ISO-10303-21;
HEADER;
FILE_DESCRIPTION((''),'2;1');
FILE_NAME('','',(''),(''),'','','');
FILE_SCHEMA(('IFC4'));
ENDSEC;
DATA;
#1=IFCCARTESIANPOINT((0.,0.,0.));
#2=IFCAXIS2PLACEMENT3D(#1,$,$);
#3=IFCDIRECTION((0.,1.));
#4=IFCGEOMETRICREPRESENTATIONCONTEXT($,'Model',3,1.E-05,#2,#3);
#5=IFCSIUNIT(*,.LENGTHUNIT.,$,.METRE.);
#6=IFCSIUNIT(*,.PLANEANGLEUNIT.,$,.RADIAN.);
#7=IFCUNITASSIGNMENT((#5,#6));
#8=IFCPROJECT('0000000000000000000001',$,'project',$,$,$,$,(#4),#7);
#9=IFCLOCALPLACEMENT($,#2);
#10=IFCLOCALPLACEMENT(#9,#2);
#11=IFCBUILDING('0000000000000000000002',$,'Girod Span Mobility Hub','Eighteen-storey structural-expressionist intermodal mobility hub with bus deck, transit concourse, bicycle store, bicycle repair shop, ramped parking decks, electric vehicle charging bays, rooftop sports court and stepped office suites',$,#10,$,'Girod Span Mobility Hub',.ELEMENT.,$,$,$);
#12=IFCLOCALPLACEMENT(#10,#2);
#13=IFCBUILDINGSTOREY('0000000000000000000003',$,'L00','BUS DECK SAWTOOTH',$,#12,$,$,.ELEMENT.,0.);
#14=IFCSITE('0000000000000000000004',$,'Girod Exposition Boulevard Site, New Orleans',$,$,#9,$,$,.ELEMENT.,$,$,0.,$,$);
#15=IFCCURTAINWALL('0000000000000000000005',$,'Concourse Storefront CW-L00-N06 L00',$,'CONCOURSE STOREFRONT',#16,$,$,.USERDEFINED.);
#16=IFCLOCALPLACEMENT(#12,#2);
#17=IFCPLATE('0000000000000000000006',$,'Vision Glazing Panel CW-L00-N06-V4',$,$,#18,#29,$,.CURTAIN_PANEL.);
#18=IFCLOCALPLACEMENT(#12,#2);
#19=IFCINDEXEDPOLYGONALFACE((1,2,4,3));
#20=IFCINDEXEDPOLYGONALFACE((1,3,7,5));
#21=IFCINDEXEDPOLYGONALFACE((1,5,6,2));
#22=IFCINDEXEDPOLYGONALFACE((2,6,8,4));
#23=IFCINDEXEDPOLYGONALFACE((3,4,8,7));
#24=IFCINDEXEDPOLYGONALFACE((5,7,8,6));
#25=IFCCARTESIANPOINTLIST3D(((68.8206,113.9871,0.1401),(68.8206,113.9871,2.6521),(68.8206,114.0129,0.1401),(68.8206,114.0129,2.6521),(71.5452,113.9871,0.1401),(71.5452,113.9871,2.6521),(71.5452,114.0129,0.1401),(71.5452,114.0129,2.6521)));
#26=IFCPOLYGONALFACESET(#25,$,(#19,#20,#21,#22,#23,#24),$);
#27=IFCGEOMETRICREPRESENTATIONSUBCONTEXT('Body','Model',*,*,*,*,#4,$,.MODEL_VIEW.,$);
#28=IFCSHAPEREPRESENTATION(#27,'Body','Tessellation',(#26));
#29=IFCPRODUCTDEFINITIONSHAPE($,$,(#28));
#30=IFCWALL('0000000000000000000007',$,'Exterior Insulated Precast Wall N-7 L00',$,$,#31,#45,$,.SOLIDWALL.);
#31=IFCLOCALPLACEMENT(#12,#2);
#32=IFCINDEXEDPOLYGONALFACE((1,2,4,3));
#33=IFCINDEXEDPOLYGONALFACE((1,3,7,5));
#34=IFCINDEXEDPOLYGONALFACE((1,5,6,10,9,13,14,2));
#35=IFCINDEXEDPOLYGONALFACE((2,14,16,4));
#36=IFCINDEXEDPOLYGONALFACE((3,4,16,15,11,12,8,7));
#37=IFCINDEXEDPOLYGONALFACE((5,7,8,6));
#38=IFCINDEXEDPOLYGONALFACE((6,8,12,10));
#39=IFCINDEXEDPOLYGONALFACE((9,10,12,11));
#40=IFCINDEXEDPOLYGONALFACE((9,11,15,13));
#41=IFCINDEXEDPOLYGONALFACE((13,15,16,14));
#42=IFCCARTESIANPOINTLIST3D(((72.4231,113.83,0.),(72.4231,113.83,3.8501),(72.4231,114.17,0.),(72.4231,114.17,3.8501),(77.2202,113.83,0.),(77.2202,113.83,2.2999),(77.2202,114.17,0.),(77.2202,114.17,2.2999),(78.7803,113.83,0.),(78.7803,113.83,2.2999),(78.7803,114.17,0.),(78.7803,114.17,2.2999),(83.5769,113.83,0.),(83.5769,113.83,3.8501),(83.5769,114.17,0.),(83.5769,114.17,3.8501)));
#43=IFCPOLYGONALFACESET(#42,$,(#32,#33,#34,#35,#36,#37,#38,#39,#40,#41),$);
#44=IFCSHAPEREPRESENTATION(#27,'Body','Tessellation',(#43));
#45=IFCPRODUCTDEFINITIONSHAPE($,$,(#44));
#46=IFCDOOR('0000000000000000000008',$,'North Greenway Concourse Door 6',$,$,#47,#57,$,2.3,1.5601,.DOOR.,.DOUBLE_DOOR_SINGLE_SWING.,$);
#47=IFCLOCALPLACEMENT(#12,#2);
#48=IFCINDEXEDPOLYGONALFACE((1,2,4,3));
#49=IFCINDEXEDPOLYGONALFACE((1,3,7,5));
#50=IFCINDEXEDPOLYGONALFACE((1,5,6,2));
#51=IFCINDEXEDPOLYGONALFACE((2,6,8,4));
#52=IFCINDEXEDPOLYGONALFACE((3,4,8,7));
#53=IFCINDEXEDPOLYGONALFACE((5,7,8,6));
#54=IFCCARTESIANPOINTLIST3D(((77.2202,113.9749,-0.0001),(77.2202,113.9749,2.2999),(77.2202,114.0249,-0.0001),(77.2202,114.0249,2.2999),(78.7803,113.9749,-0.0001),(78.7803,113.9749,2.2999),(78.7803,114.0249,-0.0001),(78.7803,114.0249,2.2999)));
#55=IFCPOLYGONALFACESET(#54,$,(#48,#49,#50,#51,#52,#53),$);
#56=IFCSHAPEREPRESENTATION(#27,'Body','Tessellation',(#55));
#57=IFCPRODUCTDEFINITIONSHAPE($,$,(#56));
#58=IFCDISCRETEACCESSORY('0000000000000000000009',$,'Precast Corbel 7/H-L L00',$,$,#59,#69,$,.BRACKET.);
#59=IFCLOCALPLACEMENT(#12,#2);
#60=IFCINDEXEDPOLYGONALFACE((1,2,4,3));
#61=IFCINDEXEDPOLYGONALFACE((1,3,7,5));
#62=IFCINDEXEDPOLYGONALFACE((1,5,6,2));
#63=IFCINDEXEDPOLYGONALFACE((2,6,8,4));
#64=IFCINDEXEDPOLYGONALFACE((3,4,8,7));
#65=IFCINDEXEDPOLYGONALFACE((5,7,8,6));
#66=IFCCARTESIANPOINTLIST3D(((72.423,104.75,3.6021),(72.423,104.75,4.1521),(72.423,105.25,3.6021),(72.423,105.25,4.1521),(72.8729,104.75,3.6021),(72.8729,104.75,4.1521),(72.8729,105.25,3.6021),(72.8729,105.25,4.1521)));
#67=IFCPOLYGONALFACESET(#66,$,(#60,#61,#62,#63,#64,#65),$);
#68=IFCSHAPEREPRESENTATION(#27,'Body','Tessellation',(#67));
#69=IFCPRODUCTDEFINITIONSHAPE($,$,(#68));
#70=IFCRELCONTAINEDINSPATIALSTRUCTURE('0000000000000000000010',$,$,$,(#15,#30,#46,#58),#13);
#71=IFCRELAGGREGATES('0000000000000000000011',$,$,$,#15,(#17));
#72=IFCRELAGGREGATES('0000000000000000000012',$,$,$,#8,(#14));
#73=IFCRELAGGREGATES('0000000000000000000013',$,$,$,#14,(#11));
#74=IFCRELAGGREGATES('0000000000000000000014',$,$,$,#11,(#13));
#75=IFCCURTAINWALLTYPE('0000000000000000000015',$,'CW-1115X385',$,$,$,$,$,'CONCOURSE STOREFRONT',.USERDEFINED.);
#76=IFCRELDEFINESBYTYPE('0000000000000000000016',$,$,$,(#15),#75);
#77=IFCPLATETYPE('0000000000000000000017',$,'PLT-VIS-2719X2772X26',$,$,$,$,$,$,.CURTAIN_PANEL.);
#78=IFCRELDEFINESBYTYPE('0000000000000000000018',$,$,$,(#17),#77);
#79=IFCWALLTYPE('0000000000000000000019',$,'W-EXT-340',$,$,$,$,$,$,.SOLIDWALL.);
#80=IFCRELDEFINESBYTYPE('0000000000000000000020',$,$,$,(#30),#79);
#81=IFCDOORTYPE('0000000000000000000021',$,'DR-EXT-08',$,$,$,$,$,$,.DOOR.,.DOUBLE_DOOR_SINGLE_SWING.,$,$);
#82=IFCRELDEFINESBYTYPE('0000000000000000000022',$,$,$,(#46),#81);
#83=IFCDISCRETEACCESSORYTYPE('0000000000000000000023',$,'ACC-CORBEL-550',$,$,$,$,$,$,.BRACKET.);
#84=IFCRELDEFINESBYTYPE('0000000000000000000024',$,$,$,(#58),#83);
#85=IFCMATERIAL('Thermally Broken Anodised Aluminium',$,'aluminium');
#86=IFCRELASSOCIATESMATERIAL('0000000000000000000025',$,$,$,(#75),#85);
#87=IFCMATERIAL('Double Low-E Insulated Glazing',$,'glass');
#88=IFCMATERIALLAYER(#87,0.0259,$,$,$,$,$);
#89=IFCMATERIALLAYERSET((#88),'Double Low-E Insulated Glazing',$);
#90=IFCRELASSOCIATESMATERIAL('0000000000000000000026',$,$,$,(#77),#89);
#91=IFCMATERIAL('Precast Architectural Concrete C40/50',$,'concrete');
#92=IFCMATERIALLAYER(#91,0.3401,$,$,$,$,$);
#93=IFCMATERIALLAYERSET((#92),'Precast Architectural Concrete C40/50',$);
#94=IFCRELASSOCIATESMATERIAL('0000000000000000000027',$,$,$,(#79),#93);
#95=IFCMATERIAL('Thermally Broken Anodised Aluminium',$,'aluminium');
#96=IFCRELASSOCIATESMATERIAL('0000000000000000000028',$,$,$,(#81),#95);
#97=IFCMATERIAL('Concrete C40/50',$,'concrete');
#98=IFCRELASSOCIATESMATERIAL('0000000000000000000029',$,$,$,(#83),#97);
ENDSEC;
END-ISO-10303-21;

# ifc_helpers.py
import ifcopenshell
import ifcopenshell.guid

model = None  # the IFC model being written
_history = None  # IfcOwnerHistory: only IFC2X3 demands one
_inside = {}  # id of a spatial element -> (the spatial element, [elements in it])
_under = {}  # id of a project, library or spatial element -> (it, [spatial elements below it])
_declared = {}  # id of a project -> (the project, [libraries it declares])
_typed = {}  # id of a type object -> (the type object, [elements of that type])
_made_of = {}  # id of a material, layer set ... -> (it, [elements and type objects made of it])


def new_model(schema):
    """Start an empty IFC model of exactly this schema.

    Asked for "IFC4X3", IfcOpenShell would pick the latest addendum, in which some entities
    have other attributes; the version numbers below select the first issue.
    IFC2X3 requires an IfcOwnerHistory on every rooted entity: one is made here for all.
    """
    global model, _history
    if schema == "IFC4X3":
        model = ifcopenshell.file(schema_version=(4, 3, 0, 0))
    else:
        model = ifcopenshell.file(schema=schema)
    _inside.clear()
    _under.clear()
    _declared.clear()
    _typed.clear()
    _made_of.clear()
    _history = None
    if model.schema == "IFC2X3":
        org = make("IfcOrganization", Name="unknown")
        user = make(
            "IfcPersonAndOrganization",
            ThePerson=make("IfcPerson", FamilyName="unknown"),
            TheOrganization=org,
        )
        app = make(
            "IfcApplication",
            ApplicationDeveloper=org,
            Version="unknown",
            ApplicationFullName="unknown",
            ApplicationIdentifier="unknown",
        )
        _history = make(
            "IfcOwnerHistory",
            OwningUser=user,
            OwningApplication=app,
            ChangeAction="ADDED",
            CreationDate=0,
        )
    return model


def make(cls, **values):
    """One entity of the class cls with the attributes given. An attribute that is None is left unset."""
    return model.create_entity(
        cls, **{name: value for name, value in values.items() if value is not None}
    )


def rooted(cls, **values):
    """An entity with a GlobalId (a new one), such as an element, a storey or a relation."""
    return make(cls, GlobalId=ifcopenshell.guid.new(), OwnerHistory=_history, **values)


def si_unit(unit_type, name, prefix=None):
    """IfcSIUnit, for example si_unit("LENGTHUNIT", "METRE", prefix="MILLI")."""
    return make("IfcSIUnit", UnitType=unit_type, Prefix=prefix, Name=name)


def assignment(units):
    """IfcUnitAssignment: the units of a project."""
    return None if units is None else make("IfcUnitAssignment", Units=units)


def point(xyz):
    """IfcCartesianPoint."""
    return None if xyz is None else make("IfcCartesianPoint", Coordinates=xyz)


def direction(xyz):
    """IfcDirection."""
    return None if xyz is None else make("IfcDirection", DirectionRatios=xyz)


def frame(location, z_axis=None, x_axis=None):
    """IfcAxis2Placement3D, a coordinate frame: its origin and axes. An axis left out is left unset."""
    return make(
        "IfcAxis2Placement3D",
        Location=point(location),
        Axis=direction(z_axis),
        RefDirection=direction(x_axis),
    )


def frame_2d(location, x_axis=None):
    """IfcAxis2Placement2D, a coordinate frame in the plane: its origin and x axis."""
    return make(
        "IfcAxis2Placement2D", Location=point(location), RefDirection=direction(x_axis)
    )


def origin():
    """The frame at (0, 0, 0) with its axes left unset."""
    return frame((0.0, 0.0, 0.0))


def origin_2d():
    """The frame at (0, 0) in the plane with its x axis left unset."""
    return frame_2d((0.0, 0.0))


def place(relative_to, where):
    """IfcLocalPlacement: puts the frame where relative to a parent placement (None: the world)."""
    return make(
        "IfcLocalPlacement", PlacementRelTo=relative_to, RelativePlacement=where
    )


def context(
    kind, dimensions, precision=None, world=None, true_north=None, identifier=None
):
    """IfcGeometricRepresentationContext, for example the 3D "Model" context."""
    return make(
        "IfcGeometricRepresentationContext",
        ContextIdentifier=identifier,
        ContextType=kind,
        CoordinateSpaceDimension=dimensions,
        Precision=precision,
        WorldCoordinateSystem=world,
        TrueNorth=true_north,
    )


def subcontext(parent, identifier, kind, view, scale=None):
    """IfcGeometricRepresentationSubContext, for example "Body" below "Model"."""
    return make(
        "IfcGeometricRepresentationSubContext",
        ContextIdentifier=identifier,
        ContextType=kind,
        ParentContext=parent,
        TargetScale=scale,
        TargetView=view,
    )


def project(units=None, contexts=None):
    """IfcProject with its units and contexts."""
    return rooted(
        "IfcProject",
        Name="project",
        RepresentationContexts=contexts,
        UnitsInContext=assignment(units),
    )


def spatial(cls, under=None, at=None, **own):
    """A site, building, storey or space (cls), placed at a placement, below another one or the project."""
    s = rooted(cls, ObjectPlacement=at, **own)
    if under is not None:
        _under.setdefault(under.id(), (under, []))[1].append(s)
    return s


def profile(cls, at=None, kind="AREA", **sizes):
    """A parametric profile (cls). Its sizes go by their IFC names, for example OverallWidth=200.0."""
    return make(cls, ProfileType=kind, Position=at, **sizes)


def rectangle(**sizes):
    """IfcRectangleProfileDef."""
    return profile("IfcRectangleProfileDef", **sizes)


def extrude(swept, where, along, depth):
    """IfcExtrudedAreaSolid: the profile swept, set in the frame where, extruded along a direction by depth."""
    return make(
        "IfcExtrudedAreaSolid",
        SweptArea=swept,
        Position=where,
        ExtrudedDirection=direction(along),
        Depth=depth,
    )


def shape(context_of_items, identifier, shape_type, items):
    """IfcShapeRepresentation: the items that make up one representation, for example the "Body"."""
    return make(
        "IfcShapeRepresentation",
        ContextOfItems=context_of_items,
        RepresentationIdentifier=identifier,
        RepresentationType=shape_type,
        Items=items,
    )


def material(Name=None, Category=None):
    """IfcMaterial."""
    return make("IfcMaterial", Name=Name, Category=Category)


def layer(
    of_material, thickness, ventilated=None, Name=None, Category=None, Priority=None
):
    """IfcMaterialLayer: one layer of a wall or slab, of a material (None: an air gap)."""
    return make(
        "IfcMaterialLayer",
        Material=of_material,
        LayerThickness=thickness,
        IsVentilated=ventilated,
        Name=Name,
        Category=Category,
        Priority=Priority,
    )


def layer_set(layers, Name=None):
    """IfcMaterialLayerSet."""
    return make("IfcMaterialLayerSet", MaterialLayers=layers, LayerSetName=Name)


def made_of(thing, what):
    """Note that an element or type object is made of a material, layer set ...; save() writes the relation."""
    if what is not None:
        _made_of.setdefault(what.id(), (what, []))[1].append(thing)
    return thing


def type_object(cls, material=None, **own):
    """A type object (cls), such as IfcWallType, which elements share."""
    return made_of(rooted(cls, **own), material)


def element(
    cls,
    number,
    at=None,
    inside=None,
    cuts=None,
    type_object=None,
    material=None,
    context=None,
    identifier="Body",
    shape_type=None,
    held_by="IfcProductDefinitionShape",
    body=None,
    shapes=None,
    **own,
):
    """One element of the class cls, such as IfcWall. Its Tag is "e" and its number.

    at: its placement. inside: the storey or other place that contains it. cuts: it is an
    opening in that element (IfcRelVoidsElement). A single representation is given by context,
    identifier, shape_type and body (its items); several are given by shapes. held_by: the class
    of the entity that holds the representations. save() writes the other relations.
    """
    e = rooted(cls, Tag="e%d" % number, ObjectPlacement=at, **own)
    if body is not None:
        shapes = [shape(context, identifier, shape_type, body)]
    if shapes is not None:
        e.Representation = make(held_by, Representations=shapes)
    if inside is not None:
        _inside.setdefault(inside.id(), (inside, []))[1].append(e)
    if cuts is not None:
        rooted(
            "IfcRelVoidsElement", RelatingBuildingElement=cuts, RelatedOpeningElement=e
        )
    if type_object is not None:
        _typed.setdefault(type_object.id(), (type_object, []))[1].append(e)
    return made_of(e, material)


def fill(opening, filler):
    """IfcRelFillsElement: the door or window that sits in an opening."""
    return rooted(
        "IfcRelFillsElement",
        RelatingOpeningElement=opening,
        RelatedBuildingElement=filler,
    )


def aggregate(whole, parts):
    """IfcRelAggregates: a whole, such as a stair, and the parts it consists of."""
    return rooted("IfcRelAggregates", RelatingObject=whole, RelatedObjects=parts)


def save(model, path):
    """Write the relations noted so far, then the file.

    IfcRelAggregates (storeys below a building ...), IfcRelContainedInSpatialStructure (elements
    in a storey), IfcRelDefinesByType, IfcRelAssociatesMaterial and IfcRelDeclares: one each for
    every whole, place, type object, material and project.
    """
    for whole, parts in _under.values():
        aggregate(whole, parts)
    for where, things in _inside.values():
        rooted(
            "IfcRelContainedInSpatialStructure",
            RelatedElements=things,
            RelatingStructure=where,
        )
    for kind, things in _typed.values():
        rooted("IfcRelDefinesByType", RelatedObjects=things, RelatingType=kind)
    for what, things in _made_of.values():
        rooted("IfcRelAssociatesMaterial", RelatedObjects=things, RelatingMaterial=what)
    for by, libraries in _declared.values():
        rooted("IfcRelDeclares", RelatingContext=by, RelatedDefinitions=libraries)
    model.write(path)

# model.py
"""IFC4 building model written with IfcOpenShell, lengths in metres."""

from ifc_helpers import new_model, si_unit, direction, frame, frame_2d, origin, origin_2d, place, context, subcontext, project, spatial, rectangle, extrude, material, layer, layer_set, type_object, element, fill, aggregate, save


model = new_model("IFC4")

# Units and contexts
model_context = context("Model", 3, precision=1e-05, world=origin(), true_north=direction((0.0, 1.0)))
body_context = subcontext(model_context, "Body", "Model", "MODEL_VIEW")
ifc_project = project(units=[si_unit("LENGTHUNIT", "METRE"), si_unit("PLANEANGLEUNIT", "RADIAN")], contexts=[model_context])

# Site, building, storey
site_placement = place(None, origin())
site = spatial("IfcSite", under=ifc_project, at=site_placement, Name="Girod Exposition Boulevard Site, New Orleans", CompositionType="ELEMENT", RefElevation=0.0)
building_placement = place(site_placement, origin())
building = spatial("IfcBuilding", under=site, at=building_placement, Name="Girod Span Mobility Hub", Description="Eighteen-storey structural-expressionist intermodal mobility hub with bus deck, transit concourse, bicycle store, bicycle repair shop, ramped parking decks, electric vehicle charging bays, rooftop sports court and stepped office suites", LongName="Girod Span Mobility Hub", CompositionType="ELEMENT")
storey_placement = place(building_placement, origin())
storey = spatial("IfcBuildingStorey", under=building, at=storey_placement, Name="L00", Description="BUS DECK SAWTOOTH", CompositionType="ELEMENT", Elevation=0.0)

# Curtain wall, plate
ifc_material_1 = material(Name="Thermally Broken Anodised Aluminium", Category="aluminium")
curtain_wall_type = type_object("IfcCurtainWallType", Name="CW-1115X385", ElementType="CONCOURSE STOREFRONT", PredefinedType="USERDEFINED", material=ifc_material_1)
curtain_wall_placement = place(storey_placement, origin())
curtain_wall = element("IfcCurtainWall", 1, at=curtain_wall_placement, inside=storey, type_object=curtain_wall_type, Name="Concourse Storefront CW-L00-N06 L00", ObjectType="CONCOURSE STOREFRONT", PredefinedType="USERDEFINED")
ifc_material_2 = material(Name="Double Low-E Insulated Glazing", Category="glass")
ifc_layer_1 = layer(ifc_material_2, 0.0259)
ifc_layer_set_1 = layer_set([ifc_layer_1], Name="Double Low-E Insulated Glazing")
plate_type_1 = type_object("IfcPlateType", Name="PLT-VIS-2719X2772X26", PredefinedType="CURTAIN_PANEL", material=ifc_layer_set_1)
plate_1_placement = place(storey_placement, frame((70.1829, 114.0, 0.1401), z_axis=(0.0, 0.0, 1.0), x_axis=(1.0, 0.0, 0.0)))
plate_1 = element("IfcPlate", 2, at=plate_1_placement, type_object=plate_type_1, Name="Vision Glazing Panel CW-L00-N06-V4", PredefinedType="CURTAIN_PANEL", context=body_context, shape_type="SweptSolid", body=[
    extrude(rectangle(XDim=2.7246, YDim=0.0259, at=origin_2d()), origin(), (0.0, 0.0, 1.0), 2.512),
])
aggregate(curtain_wall, [plate_1])

# Wall, opening, door
ifc_material_3 = material(Name="Precast Architectural Concrete C40/50", Category="concrete")
ifc_layer_2 = layer(ifc_material_3, 0.3401)
ifc_layer_set_2 = layer_set([ifc_layer_2], Name="Precast Architectural Concrete C40/50")
wall_type = type_object("IfcWallType", Name="W-EXT-340", PredefinedType="SOLIDWALL", material=ifc_layer_set_2)
wall_placement = place(storey_placement, frame((72.4231, 114.0, 0.0), z_axis=(0.0, 0.0, 1.0), x_axis=(1.0, 0.0, 0.0)))
wall = element("IfcWall", 3, at=wall_placement, inside=storey, type_object=wall_type, Name="Exterior Insulated Precast Wall N-7 L00", PredefinedType="SOLIDWALL", context=body_context, shape_type="SweptSolid", body=[
    extrude(rectangle(XDim=11.1538, YDim=0.3401, at=frame_2d((5.5769, 0.0))), origin(), (0.0, 0.0, 1.0), 3.8501),
])
opening_placement = place(wall_placement, frame((4.7971, 0.0, 0.0)))
opening = element("IfcOpeningElement", 4, at=opening_placement, cuts=wall, PredefinedType="OPENING", context=body_context, shape_type="SweptSolid", body=[
    extrude(rectangle(XDim=1.5601, YDim=2.3, at=frame_2d((0.78, 1.1499))), frame((0.0, 0.1851, 0.0), z_axis=(0.0, -1.0, 0.0), x_axis=(1.0, 0.0, 0.0)), (0.0, 0.0, 1.0), 0.3701),
])
ifc_material_4 = material(Name="Thermally Broken Anodised Aluminium", Category="aluminium")
door_type = type_object("IfcDoorType", Name="DR-EXT-08", OperationType="DOUBLE_DOOR_SINGLE_SWING", PredefinedType="DOOR", material=ifc_material_4)
door_placement = place(opening_placement, origin())
door = element("IfcDoor", 5, at=door_placement, inside=storey, type_object=door_type, Name="North Greenway Concourse Door 6", OperationType="DOUBLE_DOOR_SINGLE_SWING", OverallHeight=2.3, OverallWidth=1.5601, PredefinedType="DOOR", context=body_context, shape_type="SweptSolid", body=[
    extrude(rectangle(XDim=1.5601, YDim=2.3, at=frame_2d((0.78, 1.1499))), frame((0.0, 0.0249, 0.0), z_axis=(0.0, -1.0, 0.0), x_axis=(1.0, 0.0, 0.0)), (0.0, 0.0, 1.0), 0.05),
])
fill(opening, door)

# Discrete accessory
ifc_material_5 = material(Name="Concrete C40/50", Category="concrete")
discrete_accessory_type = type_object("IfcDiscreteAccessoryType", Name="ACC-CORBEL-550", PredefinedType="BRACKET", material=ifc_material_5)
discrete_accessory_placement = place(storey_placement, frame((72.6479, 105.0, 3.6021), z_axis=(0.0, 0.0, 1.0), x_axis=(1.0, 0.0, 0.0)))
element("IfcDiscreteAccessory", 6, at=discrete_accessory_placement, inside=storey, type_object=discrete_accessory_type, Name="Precast Corbel 7/H-L L00", PredefinedType="BRACKET", context=body_context, shape_type="SweptSolid", body=[
    extrude(rectangle(XDim=0.45, YDim=0.5, at=origin_2d()), origin(), (0.0, 0.0, 1.0), 0.55),
])

save(model, "model.ifc")
